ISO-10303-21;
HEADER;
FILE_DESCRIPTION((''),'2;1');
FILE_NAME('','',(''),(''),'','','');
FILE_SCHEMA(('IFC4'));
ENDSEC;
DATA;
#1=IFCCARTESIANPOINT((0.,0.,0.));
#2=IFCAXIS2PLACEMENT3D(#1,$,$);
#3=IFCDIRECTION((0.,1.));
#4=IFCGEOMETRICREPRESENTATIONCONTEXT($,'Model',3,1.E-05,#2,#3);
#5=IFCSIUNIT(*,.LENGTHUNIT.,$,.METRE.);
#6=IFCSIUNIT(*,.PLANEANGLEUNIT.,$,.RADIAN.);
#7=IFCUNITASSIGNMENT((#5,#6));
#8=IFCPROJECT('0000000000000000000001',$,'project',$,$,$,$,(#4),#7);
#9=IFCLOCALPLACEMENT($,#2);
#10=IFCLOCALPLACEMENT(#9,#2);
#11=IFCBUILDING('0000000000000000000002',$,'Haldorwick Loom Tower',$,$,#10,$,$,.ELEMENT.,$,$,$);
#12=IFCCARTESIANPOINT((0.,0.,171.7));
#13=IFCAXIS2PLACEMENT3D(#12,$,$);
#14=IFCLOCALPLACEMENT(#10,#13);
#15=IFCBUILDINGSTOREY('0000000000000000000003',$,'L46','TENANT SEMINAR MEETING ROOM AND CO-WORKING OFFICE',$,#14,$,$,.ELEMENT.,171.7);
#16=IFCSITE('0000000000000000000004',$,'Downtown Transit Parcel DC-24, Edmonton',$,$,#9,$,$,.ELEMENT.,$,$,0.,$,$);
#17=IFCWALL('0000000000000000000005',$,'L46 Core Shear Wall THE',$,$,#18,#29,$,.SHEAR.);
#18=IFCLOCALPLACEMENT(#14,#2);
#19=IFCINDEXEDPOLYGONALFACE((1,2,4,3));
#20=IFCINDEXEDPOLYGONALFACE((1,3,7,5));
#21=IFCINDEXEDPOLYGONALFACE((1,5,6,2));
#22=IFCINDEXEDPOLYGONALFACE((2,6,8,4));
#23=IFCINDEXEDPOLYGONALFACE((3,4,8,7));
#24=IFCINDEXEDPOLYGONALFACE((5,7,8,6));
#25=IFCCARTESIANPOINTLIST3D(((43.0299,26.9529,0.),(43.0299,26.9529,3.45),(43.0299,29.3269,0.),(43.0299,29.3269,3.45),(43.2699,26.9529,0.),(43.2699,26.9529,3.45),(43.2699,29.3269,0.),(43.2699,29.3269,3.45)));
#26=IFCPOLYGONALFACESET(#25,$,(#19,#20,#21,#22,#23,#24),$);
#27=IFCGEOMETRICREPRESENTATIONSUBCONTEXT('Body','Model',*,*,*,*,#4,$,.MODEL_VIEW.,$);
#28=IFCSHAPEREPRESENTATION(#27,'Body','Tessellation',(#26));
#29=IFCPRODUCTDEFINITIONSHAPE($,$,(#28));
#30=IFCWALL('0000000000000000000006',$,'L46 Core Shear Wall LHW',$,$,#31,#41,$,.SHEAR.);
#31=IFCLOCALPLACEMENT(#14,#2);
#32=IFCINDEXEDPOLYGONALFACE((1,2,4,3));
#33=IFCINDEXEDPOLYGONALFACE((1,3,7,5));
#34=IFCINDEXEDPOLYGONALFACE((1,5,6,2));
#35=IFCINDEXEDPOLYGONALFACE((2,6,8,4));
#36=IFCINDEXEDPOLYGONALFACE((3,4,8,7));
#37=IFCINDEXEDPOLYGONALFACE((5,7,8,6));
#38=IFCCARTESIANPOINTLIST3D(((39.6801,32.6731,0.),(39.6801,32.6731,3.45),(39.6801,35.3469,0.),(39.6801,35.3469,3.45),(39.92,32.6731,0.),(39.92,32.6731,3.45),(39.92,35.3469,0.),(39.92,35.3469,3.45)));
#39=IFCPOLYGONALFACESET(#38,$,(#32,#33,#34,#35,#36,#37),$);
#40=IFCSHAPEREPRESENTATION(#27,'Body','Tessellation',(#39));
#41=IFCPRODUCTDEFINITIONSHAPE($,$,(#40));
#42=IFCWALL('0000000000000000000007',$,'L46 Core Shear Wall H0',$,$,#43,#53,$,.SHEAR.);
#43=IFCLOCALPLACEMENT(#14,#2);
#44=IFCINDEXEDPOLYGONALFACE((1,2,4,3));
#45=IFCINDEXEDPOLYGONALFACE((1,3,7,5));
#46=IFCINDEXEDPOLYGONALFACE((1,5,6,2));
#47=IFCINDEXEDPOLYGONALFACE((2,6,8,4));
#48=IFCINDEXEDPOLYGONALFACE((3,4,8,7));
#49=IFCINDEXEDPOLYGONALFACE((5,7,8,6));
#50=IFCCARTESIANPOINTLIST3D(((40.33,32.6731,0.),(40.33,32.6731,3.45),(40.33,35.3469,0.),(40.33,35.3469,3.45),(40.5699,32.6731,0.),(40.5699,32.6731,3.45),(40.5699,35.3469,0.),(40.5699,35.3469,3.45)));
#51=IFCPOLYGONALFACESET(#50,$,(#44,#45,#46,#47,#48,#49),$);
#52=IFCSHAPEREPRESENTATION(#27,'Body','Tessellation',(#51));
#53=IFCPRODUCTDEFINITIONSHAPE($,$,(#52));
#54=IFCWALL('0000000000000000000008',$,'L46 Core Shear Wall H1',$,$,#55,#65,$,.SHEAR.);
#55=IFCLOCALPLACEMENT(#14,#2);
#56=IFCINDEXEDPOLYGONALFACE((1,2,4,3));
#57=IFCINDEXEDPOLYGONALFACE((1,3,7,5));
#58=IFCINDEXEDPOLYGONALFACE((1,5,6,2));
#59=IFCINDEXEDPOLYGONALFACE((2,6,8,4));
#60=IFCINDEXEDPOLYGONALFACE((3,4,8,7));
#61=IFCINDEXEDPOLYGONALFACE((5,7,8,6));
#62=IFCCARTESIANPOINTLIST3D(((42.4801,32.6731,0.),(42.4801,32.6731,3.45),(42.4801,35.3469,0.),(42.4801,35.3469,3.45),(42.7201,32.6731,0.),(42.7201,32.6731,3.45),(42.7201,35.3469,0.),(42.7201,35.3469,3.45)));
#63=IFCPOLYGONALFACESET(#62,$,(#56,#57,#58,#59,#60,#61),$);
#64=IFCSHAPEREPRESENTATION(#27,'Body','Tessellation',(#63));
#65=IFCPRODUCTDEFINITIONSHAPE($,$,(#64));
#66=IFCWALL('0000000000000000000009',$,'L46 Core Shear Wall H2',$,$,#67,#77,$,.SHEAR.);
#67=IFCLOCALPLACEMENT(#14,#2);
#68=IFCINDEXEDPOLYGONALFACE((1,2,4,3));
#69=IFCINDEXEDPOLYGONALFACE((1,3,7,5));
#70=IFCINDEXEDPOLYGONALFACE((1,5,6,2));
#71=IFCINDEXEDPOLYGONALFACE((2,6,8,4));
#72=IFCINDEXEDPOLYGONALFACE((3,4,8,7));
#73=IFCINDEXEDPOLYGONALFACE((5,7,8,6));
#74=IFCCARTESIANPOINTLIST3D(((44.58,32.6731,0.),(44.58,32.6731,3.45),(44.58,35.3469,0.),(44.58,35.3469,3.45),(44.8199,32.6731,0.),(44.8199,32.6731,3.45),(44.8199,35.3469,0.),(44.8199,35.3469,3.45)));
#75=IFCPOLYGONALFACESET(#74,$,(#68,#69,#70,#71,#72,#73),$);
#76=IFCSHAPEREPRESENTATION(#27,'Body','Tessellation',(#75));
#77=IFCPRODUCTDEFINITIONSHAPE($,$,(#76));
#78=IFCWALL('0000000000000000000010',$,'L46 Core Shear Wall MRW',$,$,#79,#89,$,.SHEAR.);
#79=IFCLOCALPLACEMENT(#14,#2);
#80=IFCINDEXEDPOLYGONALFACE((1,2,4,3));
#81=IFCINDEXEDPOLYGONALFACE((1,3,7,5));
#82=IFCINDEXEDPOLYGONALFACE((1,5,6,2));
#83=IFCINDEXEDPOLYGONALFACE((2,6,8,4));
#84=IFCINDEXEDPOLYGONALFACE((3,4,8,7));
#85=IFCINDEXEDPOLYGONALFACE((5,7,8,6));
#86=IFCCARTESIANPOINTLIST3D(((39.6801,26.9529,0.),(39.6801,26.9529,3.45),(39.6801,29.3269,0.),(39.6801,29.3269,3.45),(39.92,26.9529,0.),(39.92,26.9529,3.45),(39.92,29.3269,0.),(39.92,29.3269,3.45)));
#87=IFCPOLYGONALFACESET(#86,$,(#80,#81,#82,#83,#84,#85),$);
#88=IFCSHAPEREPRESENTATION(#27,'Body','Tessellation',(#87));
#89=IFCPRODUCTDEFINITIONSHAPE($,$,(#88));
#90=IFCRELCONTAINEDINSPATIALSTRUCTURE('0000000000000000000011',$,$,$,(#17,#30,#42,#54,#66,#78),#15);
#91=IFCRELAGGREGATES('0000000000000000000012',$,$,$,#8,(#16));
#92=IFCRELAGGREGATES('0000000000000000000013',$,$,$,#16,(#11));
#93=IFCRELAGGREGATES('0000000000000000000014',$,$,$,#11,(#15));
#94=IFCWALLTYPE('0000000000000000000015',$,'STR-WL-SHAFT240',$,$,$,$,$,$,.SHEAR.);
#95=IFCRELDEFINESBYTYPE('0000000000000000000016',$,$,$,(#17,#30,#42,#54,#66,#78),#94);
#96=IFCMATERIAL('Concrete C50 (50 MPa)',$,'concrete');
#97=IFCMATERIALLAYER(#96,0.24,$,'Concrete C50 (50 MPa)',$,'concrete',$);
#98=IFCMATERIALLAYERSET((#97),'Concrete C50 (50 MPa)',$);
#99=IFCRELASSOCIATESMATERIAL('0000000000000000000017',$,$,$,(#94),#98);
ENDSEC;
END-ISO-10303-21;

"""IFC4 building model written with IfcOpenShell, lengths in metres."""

from ifc_helpers import new_model, si_unit, direction, frame, frame_2d, origin, place, context, subcontext, project, spatial, rectangle, extrude, material, layer, layer_set, type_object, element, save


model = new_model("IFC4")

# Units and contexts
model_context = context("Model", 3, precision=1e-05, world=origin(), true_north=direction((0.0, 1.0)))
body_context = subcontext(model_context, "Body", "Model", "MODEL_VIEW")
ifc_project = project(units=[si_unit("LENGTHUNIT", "METRE"), si_unit("PLANEANGLEUNIT", "RADIAN")], contexts=[model_context])

# Site, building, storey
site_placement = place(None, origin())
site = spatial("IfcSite", under=ifc_project, at=site_placement, Name="Downtown Transit Parcel DC-24, Edmonton", CompositionType="ELEMENT", RefElevation=0.0)
building_placement = place(site_placement, origin())
building = spatial("IfcBuilding", under=site, at=building_placement, Name="Haldorwick Loom Tower", CompositionType="ELEMENT")
storey_placement = place(building_placement, frame((0.0, 0.0, 171.7)))
storey = spatial("IfcBuildingStorey", under=building, at=storey_placement, Name="L46", Description="TENANT SEMINAR MEETING ROOM AND CO-WORKING OFFICE", CompositionType="ELEMENT", Elevation=171.7)

# Shared definitions
ifc_material_1 = material(Name="Concrete C50 (50 MPa)", Category="concrete")
ifc_layer_1 = layer(ifc_material_1, 0.24, Name="Concrete C50 (50 MPa)", Category="concrete")
ifc_layer_set_1 = layer_set([ifc_layer_1], Name="Concrete C50 (50 MPa)")
wall_type_1 = type_object("IfcWallType", Name="STR-WL-SHAFT240", PredefinedType="SHEAR", material=ifc_layer_set_1)

# Walls
for number, where, z_axis, x_axis, name in (
    (1, (43.1499, 26.9529, 0.0), (0.0, 0.0, 1.0), (0.0, 1.0, 0.0), "L46 Core Shear Wall THE"),
):
    element("IfcWall", number, at=place(storey_placement, frame(where, z_axis=z_axis, x_axis=x_axis)), inside=storey, type_object=wall_type_1, Name=name, PredefinedType="SHEAR", context=body_context, shape_type="SweptSolid", body=[
        extrude(rectangle(XDim=2.374, YDim=0.24, at=frame_2d((1.187, 0.0))), origin(), (0.0, 0.0, 1.0), 3.45),
    ])
for number, where, z_axis, x_axis, name in (
    (2, (39.8, 32.6731, 0.0), (0.0, 0.0, 1.0), (0.0, 1.0, 0.0), "L46 Core Shear Wall LHW"),
    (3, (40.45, 32.6731, 0.0), (0.0, 0.0, 1.0), (0.0, 1.0, 0.0), "L46 Core Shear Wall H0"),
    (4, (42.6001, 32.6731, 0.0), (0.0, 0.0, 1.0), (0.0, 1.0, 0.0), "L46 Core Shear Wall H1"),
    (5, (44.7, 32.6731, 0.0), (0.0, 0.0, 1.0), (0.0, 1.0, 0.0), "L46 Core Shear Wall H2"),
):
    element("IfcWall", number, at=place(storey_placement, frame(where, z_axis=z_axis, x_axis=x_axis)), inside=storey, type_object=wall_type_1, Name=name, PredefinedType="SHEAR", context=body_context, shape_type="SweptSolid", body=[
        extrude(rectangle(XDim=2.6738, YDim=0.24, at=frame_2d((1.3369, 0.0))), origin(), (0.0, 0.0, 1.0), 3.45),
    ])
wall_1_placement = place(storey_placement, frame((39.8, 26.9529, 0.0), z_axis=(0.0, 0.0, 1.0), x_axis=(0.0, 1.0, 0.0)))
element("IfcWall", 6, at=wall_1_placement, inside=storey, type_object=wall_type_1, Name="L46 Core Shear Wall MRW", PredefinedType="SHEAR", context=body_context, shape_type="SweptSolid", body=[
    extrude(rectangle(XDim=2.374, YDim=0.24, at=frame_2d((1.187, 0.0))), origin(), (0.0, 0.0, 1.0), 3.45),
])

save(model, "model.ifc")
